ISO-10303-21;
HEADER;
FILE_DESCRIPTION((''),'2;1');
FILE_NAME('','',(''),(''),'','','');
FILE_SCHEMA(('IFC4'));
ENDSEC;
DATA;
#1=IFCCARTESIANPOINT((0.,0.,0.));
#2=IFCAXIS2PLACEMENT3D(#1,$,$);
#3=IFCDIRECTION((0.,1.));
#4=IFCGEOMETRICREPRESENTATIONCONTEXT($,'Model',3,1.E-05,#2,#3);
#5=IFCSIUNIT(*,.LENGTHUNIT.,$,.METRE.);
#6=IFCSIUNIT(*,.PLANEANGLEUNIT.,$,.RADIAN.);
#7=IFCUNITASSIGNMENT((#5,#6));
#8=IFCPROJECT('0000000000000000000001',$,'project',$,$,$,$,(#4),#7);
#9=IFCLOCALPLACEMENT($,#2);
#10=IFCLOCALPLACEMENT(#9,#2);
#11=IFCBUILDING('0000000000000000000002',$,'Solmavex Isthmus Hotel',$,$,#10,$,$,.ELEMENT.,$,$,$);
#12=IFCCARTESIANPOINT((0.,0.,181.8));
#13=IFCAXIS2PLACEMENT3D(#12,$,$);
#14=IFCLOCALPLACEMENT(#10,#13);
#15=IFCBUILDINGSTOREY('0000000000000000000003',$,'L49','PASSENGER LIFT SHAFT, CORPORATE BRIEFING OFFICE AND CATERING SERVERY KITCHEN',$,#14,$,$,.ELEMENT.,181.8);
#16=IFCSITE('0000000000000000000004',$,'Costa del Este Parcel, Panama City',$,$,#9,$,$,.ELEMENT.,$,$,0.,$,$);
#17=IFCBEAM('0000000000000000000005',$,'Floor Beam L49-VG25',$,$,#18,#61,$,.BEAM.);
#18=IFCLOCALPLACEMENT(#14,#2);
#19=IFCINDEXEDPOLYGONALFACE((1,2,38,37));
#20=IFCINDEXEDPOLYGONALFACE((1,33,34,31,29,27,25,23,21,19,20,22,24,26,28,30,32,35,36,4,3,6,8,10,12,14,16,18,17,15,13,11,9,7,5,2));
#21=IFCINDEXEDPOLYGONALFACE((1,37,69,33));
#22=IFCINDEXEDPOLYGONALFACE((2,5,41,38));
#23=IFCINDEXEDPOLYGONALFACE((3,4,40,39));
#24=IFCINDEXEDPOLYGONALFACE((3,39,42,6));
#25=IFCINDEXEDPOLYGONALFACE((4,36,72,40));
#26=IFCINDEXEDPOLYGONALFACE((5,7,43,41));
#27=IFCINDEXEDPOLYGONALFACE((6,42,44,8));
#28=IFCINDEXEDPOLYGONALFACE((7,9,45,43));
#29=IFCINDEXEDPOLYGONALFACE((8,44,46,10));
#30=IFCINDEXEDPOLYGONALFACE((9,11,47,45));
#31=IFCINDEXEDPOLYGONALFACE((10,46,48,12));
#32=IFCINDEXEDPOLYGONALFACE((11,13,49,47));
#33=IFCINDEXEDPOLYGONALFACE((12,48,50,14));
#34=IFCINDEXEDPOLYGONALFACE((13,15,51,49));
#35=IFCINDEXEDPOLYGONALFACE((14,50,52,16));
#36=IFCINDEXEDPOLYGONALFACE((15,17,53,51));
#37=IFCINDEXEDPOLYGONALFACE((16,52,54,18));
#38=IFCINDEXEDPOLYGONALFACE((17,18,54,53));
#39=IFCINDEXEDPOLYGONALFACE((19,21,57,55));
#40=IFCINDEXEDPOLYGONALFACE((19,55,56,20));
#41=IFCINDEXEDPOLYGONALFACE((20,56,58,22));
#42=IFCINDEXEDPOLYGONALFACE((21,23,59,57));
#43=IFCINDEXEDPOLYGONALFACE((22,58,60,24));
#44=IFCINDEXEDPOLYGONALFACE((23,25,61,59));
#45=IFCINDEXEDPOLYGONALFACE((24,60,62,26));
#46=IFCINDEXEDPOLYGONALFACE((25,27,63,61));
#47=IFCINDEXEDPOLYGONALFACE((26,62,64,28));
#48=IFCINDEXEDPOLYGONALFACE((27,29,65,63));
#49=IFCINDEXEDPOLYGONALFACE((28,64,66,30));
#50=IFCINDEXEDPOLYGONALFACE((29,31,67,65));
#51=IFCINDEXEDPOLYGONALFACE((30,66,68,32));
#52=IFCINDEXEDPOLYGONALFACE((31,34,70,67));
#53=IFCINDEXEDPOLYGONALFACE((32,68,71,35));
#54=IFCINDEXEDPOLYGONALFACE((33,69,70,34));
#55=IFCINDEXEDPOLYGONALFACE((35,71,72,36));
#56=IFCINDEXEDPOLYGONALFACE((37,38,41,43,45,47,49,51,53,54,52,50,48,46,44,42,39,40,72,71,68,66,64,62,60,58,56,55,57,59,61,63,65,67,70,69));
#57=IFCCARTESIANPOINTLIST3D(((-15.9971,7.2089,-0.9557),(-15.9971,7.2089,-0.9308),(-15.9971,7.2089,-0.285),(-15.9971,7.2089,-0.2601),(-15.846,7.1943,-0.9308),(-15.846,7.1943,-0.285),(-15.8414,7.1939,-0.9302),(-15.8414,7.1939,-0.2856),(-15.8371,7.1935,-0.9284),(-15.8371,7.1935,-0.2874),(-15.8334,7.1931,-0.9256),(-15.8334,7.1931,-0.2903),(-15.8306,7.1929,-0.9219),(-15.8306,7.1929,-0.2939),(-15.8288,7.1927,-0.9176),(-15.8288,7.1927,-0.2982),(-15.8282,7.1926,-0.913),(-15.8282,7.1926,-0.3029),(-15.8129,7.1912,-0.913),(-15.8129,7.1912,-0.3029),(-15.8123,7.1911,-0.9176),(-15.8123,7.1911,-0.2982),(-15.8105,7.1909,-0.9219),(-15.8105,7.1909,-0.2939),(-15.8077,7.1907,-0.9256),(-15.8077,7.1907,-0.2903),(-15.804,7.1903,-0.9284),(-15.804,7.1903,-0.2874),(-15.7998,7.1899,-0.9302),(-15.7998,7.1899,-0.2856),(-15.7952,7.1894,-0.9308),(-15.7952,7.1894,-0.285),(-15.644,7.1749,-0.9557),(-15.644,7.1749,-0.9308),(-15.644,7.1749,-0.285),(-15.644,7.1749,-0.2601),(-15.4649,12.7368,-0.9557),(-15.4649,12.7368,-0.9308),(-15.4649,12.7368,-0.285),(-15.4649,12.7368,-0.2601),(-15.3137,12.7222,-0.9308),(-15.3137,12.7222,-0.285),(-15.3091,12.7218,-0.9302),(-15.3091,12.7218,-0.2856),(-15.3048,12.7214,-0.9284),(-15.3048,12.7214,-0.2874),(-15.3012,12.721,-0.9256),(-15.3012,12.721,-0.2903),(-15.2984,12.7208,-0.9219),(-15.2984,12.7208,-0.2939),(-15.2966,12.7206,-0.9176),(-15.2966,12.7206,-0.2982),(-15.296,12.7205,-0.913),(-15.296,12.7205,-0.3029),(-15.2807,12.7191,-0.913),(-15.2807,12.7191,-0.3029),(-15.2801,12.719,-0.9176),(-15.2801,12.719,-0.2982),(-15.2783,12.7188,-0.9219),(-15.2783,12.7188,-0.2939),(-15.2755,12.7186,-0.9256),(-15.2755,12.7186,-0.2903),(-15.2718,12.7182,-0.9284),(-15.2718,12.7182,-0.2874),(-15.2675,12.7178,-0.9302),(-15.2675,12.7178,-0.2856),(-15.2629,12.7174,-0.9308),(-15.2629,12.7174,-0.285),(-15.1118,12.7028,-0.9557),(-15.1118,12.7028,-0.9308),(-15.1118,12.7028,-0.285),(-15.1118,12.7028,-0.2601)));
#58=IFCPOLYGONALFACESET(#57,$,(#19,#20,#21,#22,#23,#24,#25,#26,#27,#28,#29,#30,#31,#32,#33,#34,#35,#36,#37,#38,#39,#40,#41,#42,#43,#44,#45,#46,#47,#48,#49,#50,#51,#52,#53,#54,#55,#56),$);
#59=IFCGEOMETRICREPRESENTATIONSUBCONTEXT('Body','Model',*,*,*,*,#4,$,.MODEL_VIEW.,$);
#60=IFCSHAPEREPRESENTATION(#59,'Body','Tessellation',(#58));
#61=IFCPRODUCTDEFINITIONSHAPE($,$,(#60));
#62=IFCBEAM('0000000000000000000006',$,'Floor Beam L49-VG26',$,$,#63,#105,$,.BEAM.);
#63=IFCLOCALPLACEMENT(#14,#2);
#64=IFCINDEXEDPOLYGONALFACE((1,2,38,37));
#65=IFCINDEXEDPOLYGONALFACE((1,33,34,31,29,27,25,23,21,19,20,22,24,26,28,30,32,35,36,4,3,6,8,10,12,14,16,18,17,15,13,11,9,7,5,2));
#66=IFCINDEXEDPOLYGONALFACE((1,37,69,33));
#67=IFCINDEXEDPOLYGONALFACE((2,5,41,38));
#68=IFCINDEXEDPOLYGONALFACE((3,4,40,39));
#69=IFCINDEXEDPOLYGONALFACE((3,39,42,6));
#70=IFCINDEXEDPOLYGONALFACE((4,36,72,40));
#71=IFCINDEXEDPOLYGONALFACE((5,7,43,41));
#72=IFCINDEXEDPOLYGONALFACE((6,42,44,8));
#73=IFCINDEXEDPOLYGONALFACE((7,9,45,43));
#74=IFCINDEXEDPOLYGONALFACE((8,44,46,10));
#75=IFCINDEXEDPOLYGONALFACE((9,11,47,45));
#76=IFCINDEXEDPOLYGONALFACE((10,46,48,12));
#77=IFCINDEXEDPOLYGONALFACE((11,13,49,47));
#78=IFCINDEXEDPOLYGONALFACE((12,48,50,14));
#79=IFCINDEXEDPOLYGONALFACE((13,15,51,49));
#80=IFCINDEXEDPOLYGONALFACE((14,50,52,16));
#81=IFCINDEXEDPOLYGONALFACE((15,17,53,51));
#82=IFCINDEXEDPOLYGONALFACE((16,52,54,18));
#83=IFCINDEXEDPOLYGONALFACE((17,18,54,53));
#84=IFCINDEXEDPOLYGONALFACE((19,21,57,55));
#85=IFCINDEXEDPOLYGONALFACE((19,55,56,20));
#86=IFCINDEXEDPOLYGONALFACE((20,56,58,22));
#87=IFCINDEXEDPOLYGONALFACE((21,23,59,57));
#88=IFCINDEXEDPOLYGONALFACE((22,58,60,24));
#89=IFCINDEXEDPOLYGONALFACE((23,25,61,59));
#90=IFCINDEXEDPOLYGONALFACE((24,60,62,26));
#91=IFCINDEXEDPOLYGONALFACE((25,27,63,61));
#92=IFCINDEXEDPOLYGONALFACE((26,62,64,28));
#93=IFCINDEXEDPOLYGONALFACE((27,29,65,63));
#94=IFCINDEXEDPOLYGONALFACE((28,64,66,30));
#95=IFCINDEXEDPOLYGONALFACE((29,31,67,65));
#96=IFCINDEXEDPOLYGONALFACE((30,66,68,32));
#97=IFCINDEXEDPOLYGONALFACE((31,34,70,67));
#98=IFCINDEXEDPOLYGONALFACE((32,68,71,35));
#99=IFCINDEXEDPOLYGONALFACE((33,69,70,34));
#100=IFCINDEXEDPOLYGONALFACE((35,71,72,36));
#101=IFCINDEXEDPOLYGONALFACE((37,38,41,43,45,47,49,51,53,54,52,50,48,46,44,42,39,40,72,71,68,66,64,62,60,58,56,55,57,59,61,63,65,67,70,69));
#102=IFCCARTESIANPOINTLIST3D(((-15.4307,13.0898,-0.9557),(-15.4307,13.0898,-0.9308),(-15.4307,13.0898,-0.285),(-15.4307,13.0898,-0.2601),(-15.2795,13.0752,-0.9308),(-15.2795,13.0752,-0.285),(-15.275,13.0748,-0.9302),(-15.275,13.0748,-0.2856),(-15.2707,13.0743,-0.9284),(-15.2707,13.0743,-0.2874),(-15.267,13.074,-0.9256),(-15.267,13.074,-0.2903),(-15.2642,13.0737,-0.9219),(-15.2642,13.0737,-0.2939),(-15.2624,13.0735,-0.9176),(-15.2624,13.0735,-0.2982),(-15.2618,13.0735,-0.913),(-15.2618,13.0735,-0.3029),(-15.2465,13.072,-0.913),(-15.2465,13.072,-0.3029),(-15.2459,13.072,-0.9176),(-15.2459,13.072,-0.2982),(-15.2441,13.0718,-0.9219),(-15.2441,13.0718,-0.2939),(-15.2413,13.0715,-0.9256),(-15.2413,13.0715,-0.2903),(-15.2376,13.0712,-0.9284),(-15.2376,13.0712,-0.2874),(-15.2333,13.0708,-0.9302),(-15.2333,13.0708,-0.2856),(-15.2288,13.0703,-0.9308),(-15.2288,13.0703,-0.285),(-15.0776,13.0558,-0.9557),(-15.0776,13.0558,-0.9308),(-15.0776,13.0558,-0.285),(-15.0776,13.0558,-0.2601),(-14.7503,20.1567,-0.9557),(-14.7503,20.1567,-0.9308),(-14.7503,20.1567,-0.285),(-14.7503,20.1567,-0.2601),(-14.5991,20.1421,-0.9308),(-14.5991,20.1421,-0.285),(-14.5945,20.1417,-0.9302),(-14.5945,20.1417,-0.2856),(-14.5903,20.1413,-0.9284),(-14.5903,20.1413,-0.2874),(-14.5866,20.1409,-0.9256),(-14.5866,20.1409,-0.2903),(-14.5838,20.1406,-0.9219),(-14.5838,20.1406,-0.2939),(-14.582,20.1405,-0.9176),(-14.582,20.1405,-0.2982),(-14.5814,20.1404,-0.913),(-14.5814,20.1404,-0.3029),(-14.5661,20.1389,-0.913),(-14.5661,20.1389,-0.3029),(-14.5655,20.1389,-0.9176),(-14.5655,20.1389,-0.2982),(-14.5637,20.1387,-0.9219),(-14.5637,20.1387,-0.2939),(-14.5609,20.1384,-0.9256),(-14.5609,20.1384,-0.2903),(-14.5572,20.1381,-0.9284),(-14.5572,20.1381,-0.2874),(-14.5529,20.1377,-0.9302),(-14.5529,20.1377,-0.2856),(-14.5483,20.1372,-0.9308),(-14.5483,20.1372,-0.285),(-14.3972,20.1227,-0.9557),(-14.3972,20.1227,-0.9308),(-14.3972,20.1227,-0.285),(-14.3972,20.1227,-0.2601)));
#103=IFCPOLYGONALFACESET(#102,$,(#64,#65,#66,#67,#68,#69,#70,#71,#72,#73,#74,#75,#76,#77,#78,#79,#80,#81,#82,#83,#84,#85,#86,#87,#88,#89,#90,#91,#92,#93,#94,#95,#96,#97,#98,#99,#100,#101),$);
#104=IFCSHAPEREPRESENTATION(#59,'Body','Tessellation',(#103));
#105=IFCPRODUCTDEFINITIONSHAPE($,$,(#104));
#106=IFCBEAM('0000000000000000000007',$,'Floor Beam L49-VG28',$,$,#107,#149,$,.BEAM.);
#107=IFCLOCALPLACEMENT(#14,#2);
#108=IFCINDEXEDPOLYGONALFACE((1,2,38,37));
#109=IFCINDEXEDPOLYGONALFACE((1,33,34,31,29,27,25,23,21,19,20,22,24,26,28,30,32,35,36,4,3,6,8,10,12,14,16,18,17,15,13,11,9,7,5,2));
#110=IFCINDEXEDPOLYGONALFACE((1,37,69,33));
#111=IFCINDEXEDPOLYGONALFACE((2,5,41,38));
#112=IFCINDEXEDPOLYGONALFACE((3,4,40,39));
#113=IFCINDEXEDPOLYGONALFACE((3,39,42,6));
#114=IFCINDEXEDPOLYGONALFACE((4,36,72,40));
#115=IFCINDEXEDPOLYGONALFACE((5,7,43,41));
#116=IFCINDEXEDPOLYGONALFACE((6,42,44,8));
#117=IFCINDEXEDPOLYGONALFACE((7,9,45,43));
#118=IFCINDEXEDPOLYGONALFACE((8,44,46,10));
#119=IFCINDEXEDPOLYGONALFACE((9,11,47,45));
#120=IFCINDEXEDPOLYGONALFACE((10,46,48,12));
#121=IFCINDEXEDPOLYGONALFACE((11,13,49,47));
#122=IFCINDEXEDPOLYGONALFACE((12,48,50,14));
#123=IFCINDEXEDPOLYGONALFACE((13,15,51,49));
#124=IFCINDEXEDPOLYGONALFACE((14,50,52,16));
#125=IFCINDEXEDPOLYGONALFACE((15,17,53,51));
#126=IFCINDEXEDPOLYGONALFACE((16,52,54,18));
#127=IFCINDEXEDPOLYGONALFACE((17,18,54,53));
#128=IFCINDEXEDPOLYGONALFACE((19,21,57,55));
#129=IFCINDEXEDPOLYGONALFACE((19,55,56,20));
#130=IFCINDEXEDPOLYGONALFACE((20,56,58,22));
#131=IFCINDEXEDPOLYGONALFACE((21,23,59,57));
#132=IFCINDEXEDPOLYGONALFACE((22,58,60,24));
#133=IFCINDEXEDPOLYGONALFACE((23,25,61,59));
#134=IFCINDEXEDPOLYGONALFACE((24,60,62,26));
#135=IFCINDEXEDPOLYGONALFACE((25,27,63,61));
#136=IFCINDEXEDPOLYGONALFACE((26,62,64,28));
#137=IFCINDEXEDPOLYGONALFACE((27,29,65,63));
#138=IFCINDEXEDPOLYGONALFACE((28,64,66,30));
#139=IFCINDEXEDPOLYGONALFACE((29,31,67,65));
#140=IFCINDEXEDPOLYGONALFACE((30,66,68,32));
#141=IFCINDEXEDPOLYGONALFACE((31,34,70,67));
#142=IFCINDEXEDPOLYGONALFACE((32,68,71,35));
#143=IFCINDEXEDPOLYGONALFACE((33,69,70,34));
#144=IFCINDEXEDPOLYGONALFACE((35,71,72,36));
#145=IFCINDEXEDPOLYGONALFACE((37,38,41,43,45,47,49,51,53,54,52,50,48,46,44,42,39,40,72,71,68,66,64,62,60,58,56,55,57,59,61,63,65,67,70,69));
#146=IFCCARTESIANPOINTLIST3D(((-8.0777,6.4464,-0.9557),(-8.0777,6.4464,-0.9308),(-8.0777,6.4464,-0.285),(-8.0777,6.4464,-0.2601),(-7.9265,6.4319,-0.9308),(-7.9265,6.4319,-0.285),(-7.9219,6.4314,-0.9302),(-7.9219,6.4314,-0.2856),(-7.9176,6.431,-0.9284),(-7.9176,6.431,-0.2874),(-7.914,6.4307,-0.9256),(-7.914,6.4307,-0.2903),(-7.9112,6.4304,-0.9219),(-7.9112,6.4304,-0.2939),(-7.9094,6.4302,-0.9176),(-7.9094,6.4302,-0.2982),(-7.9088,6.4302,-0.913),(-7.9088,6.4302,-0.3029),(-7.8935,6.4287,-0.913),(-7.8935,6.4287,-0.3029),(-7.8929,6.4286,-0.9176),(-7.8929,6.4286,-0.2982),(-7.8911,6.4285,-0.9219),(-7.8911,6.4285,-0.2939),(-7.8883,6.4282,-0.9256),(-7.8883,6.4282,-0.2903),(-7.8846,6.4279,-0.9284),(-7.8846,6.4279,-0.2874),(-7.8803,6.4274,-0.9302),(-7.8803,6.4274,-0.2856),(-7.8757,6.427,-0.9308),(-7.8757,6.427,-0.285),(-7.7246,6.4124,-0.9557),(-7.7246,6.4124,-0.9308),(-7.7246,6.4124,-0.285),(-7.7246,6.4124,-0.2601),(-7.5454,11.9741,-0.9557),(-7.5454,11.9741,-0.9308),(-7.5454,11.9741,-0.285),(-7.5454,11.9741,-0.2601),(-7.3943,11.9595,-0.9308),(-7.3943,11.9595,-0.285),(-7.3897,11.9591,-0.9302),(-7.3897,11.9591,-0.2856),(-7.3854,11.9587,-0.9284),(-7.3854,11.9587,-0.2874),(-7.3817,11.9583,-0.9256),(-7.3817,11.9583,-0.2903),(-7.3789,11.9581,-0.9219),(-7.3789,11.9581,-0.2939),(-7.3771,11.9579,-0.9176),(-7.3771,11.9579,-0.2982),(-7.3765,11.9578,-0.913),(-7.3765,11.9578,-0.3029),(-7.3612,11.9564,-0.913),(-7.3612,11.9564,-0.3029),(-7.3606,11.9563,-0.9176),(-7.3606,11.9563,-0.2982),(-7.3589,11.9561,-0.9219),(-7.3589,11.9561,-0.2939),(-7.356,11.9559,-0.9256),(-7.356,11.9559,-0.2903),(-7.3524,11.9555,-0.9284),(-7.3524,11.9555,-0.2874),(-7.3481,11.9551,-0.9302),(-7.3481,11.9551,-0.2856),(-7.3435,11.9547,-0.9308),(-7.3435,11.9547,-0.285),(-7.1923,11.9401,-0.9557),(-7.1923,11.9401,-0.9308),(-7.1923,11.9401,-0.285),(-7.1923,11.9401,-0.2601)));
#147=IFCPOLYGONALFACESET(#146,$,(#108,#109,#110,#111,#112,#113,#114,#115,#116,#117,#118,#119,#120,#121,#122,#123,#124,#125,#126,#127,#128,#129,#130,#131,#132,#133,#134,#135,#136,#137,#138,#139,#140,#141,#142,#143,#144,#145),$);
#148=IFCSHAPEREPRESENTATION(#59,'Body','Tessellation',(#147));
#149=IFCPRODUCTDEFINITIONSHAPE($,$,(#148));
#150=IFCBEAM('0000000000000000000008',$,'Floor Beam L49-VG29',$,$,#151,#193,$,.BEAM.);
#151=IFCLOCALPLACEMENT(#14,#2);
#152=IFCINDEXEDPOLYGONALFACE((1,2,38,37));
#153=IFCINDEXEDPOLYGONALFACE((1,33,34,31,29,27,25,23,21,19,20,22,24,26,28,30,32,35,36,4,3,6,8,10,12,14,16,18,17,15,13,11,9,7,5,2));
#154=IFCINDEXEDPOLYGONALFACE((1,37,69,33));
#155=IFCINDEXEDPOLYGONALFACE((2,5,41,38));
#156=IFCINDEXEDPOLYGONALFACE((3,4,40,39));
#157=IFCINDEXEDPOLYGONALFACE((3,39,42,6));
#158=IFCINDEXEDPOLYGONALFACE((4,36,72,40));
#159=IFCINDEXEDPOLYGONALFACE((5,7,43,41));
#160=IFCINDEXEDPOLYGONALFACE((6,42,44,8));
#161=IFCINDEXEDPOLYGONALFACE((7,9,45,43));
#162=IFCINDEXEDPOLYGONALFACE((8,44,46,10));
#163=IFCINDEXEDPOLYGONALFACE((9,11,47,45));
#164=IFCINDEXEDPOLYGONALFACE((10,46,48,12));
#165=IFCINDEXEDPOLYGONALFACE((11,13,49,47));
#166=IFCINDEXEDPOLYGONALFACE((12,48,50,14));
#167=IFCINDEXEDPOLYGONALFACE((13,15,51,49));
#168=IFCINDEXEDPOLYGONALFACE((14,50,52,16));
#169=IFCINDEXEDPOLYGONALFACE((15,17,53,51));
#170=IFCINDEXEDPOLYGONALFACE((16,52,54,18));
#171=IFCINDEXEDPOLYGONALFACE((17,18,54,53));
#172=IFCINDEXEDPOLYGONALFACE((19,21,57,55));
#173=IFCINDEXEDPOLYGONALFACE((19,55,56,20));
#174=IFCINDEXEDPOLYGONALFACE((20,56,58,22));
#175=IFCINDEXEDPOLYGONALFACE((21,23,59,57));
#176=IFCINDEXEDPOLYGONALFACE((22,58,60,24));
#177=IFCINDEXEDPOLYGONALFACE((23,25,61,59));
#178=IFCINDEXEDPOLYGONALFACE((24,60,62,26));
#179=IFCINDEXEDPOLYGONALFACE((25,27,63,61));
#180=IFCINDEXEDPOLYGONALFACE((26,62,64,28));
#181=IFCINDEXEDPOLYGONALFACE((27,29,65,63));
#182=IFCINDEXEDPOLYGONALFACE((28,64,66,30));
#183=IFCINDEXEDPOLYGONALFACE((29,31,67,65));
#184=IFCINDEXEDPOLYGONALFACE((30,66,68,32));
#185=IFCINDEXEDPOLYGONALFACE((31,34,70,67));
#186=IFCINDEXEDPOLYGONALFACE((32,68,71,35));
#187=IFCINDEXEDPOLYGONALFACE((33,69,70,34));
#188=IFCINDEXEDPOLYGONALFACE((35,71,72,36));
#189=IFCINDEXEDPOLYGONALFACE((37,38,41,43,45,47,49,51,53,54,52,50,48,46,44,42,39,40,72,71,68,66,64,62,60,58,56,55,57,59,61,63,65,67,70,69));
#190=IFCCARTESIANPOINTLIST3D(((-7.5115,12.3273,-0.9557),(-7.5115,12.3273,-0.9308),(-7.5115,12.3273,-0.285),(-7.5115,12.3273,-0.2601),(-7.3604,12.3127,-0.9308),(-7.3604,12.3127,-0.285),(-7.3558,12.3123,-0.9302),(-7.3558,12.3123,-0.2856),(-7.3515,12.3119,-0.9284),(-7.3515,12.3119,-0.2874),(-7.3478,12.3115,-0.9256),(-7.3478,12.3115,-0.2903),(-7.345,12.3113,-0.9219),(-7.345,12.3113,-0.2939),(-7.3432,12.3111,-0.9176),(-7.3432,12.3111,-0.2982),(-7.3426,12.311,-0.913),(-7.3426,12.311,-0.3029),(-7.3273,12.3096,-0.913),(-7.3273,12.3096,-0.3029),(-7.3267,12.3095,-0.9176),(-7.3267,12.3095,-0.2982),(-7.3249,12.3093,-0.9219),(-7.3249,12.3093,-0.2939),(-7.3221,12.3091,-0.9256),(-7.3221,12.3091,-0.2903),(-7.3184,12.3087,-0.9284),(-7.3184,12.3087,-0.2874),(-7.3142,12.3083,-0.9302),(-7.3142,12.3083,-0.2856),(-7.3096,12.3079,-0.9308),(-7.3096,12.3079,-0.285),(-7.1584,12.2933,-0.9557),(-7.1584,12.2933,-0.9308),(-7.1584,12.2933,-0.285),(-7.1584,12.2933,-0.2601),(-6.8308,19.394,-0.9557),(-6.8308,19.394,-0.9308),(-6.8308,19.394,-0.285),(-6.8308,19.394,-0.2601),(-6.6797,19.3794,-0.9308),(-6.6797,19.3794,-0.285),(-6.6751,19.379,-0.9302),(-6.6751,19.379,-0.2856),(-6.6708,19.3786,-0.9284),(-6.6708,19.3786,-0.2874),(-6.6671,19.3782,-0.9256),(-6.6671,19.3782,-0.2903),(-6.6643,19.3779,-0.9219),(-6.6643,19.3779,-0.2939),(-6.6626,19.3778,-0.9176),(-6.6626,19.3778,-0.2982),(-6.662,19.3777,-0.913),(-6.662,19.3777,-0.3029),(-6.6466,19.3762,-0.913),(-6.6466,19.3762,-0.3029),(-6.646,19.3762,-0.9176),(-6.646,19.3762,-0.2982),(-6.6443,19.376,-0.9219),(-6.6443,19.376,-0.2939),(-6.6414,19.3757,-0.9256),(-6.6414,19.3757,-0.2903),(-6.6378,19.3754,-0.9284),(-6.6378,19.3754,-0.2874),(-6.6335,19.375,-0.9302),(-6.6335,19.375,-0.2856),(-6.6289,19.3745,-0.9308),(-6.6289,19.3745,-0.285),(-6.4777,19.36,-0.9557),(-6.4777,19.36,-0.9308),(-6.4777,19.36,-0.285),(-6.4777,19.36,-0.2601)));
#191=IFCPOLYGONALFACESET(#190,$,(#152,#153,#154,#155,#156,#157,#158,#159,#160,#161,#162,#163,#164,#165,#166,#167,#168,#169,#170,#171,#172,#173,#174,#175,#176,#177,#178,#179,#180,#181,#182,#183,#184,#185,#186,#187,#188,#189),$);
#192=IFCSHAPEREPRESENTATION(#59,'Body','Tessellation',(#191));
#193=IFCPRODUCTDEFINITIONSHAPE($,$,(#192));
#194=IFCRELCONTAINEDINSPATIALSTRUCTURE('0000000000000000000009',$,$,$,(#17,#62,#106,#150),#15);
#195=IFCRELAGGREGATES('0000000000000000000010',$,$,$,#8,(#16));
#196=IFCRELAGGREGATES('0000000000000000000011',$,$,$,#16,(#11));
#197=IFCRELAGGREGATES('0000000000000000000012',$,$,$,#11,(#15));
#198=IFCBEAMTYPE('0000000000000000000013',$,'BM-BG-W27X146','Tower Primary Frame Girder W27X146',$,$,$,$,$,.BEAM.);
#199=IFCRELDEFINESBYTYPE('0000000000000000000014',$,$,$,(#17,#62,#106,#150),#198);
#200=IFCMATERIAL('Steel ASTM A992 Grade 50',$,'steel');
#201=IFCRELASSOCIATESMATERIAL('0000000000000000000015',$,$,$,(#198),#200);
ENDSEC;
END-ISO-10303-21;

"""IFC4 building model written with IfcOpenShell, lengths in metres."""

from ifc_helpers import new_model, si_unit, direction, frame, origin, origin_2d, place, context, subcontext, project, spatial, i_section, extrude, material, material_profile, profile_set, type_object, element, save


model = new_model("IFC4")

# Units and contexts
model_context = context("Model", 3, precision=1e-05, world=origin(), true_north=direction((0.0, 1.0)))
body_context = subcontext(model_context, "Body", "Model", "MODEL_VIEW")
ifc_project = project(units=[si_unit("LENGTHUNIT", "METRE"), si_unit("PLANEANGLEUNIT", "RADIAN")], contexts=[model_context])

# Site, building, storey
site_placement = place(None, origin())
site = spatial("IfcSite", under=ifc_project, at=site_placement, Name="Costa del Este Parcel, Panama City", CompositionType="ELEMENT", RefElevation=0.0)
building_placement = place(site_placement, origin())
building = spatial("IfcBuilding", under=site, at=building_placement, Name="Solmavex Isthmus Hotel", CompositionType="ELEMENT")
storey_placement = place(building_placement, frame((0.0, 0.0, 181.8)))
storey = spatial("IfcBuildingStorey", under=building, at=storey_placement, Name="L49", Description="PASSENGER LIFT SHAFT, CORPORATE BRIEFING OFFICE AND CATERING SERVERY KITCHEN", CompositionType="ELEMENT", Elevation=181.8)

# Beams
ifc_material_1 = material(Name="Steel ASTM A992 Grade 50", Category="steel")
ifc_material_profile_1 = material_profile(ifc_material_1, i_section(OverallWidth=0.3547, OverallDepth=0.6956, WebThickness=0.0154, FlangeThickness=0.0249, FilletRadius=0.0178, at=origin_2d()), Name="W27X146")
ifc_profile_set_1 = profile_set([ifc_material_profile_1], Name="Steel ASTM A992 Grade 50")
beam_type_1 = type_object("IfcBeamType", Name="BM-BG-W27X146", Description="Tower Primary Frame Girder W27X146", PredefinedType="BEAM", material=ifc_profile_set_1)
beam_1_placement = place(storey_placement, frame((-15.8206, 7.1919, -0.6079), z_axis=(0.095838, 0.995397, 0.0), x_axis=(-0.995397, 0.095838, 0.0)))
element("IfcBeam", 1, at=beam_1_placement, inside=storey, type_object=beam_type_1, Name="Floor Beam L49-VG25", PredefinedType="BEAM", context=body_context, shape_type="SweptSolid", body=[
    extrude(i_section(OverallWidth=0.3547, OverallDepth=0.6956, WebThickness=0.0154, FlangeThickness=0.0249, FilletRadius=0.0178, at=origin_2d()), origin(), (0.0, 0.0, 1.0), 5.5535),
])
beam_2_placement = place(storey_placement, frame((-15.2542, 13.0728, -0.6079), z_axis=(0.09584, 0.995397, 0.0), x_axis=(-0.995397, 0.09584, 0.0)))
element("IfcBeam", 2, at=beam_2_placement, inside=storey, type_object=beam_type_1, Name="Floor Beam L49-VG26", PredefinedType="BEAM", context=body_context, shape_type="SweptSolid", body=[
    extrude(i_section(OverallWidth=0.3547, OverallDepth=0.6956, WebThickness=0.0154, FlangeThickness=0.0249, FilletRadius=0.0178, at=origin_2d()), origin(), (0.0, 0.0, 1.0), 7.0996),
])
beam_3_placement = place(storey_placement, frame((-7.9011, 6.4294, -0.6079), z_axis=(0.095842, 0.995397, 0.0), x_axis=(-0.995397, 0.095842, 0.0)))
element("IfcBeam", 3, at=beam_3_placement, inside=storey, type_object=beam_type_1, Name="Floor Beam L49-VG28", PredefinedType="BEAM", context=body_context, shape_type="SweptSolid", body=[
    extrude(i_section(OverallWidth=0.3547, OverallDepth=0.6956, WebThickness=0.0154, FlangeThickness=0.0249, FilletRadius=0.0178, at=origin_2d()), origin(), (0.0, 0.0, 1.0), 5.5532),
])
beam_4_placement = place(storey_placement, frame((-7.335, 12.3103, -0.6079), z_axis=(0.095877, 0.995393, 0.0), x_axis=(-0.995393, 0.095877, 0.0)))
element("IfcBeam", 4, at=beam_4_placement, inside=storey, type_object=beam_type_1, Name="Floor Beam L49-VG29", PredefinedType="BEAM", context=body_context, shape_type="SweptSolid", body=[
    extrude(i_section(OverallWidth=0.3547, OverallDepth=0.6956, WebThickness=0.0154, FlangeThickness=0.0249, FilletRadius=0.0178, at=origin_2d()), origin(), (0.0, 0.0, 1.0), 7.0994),
])

save(model, "model.ifc")
